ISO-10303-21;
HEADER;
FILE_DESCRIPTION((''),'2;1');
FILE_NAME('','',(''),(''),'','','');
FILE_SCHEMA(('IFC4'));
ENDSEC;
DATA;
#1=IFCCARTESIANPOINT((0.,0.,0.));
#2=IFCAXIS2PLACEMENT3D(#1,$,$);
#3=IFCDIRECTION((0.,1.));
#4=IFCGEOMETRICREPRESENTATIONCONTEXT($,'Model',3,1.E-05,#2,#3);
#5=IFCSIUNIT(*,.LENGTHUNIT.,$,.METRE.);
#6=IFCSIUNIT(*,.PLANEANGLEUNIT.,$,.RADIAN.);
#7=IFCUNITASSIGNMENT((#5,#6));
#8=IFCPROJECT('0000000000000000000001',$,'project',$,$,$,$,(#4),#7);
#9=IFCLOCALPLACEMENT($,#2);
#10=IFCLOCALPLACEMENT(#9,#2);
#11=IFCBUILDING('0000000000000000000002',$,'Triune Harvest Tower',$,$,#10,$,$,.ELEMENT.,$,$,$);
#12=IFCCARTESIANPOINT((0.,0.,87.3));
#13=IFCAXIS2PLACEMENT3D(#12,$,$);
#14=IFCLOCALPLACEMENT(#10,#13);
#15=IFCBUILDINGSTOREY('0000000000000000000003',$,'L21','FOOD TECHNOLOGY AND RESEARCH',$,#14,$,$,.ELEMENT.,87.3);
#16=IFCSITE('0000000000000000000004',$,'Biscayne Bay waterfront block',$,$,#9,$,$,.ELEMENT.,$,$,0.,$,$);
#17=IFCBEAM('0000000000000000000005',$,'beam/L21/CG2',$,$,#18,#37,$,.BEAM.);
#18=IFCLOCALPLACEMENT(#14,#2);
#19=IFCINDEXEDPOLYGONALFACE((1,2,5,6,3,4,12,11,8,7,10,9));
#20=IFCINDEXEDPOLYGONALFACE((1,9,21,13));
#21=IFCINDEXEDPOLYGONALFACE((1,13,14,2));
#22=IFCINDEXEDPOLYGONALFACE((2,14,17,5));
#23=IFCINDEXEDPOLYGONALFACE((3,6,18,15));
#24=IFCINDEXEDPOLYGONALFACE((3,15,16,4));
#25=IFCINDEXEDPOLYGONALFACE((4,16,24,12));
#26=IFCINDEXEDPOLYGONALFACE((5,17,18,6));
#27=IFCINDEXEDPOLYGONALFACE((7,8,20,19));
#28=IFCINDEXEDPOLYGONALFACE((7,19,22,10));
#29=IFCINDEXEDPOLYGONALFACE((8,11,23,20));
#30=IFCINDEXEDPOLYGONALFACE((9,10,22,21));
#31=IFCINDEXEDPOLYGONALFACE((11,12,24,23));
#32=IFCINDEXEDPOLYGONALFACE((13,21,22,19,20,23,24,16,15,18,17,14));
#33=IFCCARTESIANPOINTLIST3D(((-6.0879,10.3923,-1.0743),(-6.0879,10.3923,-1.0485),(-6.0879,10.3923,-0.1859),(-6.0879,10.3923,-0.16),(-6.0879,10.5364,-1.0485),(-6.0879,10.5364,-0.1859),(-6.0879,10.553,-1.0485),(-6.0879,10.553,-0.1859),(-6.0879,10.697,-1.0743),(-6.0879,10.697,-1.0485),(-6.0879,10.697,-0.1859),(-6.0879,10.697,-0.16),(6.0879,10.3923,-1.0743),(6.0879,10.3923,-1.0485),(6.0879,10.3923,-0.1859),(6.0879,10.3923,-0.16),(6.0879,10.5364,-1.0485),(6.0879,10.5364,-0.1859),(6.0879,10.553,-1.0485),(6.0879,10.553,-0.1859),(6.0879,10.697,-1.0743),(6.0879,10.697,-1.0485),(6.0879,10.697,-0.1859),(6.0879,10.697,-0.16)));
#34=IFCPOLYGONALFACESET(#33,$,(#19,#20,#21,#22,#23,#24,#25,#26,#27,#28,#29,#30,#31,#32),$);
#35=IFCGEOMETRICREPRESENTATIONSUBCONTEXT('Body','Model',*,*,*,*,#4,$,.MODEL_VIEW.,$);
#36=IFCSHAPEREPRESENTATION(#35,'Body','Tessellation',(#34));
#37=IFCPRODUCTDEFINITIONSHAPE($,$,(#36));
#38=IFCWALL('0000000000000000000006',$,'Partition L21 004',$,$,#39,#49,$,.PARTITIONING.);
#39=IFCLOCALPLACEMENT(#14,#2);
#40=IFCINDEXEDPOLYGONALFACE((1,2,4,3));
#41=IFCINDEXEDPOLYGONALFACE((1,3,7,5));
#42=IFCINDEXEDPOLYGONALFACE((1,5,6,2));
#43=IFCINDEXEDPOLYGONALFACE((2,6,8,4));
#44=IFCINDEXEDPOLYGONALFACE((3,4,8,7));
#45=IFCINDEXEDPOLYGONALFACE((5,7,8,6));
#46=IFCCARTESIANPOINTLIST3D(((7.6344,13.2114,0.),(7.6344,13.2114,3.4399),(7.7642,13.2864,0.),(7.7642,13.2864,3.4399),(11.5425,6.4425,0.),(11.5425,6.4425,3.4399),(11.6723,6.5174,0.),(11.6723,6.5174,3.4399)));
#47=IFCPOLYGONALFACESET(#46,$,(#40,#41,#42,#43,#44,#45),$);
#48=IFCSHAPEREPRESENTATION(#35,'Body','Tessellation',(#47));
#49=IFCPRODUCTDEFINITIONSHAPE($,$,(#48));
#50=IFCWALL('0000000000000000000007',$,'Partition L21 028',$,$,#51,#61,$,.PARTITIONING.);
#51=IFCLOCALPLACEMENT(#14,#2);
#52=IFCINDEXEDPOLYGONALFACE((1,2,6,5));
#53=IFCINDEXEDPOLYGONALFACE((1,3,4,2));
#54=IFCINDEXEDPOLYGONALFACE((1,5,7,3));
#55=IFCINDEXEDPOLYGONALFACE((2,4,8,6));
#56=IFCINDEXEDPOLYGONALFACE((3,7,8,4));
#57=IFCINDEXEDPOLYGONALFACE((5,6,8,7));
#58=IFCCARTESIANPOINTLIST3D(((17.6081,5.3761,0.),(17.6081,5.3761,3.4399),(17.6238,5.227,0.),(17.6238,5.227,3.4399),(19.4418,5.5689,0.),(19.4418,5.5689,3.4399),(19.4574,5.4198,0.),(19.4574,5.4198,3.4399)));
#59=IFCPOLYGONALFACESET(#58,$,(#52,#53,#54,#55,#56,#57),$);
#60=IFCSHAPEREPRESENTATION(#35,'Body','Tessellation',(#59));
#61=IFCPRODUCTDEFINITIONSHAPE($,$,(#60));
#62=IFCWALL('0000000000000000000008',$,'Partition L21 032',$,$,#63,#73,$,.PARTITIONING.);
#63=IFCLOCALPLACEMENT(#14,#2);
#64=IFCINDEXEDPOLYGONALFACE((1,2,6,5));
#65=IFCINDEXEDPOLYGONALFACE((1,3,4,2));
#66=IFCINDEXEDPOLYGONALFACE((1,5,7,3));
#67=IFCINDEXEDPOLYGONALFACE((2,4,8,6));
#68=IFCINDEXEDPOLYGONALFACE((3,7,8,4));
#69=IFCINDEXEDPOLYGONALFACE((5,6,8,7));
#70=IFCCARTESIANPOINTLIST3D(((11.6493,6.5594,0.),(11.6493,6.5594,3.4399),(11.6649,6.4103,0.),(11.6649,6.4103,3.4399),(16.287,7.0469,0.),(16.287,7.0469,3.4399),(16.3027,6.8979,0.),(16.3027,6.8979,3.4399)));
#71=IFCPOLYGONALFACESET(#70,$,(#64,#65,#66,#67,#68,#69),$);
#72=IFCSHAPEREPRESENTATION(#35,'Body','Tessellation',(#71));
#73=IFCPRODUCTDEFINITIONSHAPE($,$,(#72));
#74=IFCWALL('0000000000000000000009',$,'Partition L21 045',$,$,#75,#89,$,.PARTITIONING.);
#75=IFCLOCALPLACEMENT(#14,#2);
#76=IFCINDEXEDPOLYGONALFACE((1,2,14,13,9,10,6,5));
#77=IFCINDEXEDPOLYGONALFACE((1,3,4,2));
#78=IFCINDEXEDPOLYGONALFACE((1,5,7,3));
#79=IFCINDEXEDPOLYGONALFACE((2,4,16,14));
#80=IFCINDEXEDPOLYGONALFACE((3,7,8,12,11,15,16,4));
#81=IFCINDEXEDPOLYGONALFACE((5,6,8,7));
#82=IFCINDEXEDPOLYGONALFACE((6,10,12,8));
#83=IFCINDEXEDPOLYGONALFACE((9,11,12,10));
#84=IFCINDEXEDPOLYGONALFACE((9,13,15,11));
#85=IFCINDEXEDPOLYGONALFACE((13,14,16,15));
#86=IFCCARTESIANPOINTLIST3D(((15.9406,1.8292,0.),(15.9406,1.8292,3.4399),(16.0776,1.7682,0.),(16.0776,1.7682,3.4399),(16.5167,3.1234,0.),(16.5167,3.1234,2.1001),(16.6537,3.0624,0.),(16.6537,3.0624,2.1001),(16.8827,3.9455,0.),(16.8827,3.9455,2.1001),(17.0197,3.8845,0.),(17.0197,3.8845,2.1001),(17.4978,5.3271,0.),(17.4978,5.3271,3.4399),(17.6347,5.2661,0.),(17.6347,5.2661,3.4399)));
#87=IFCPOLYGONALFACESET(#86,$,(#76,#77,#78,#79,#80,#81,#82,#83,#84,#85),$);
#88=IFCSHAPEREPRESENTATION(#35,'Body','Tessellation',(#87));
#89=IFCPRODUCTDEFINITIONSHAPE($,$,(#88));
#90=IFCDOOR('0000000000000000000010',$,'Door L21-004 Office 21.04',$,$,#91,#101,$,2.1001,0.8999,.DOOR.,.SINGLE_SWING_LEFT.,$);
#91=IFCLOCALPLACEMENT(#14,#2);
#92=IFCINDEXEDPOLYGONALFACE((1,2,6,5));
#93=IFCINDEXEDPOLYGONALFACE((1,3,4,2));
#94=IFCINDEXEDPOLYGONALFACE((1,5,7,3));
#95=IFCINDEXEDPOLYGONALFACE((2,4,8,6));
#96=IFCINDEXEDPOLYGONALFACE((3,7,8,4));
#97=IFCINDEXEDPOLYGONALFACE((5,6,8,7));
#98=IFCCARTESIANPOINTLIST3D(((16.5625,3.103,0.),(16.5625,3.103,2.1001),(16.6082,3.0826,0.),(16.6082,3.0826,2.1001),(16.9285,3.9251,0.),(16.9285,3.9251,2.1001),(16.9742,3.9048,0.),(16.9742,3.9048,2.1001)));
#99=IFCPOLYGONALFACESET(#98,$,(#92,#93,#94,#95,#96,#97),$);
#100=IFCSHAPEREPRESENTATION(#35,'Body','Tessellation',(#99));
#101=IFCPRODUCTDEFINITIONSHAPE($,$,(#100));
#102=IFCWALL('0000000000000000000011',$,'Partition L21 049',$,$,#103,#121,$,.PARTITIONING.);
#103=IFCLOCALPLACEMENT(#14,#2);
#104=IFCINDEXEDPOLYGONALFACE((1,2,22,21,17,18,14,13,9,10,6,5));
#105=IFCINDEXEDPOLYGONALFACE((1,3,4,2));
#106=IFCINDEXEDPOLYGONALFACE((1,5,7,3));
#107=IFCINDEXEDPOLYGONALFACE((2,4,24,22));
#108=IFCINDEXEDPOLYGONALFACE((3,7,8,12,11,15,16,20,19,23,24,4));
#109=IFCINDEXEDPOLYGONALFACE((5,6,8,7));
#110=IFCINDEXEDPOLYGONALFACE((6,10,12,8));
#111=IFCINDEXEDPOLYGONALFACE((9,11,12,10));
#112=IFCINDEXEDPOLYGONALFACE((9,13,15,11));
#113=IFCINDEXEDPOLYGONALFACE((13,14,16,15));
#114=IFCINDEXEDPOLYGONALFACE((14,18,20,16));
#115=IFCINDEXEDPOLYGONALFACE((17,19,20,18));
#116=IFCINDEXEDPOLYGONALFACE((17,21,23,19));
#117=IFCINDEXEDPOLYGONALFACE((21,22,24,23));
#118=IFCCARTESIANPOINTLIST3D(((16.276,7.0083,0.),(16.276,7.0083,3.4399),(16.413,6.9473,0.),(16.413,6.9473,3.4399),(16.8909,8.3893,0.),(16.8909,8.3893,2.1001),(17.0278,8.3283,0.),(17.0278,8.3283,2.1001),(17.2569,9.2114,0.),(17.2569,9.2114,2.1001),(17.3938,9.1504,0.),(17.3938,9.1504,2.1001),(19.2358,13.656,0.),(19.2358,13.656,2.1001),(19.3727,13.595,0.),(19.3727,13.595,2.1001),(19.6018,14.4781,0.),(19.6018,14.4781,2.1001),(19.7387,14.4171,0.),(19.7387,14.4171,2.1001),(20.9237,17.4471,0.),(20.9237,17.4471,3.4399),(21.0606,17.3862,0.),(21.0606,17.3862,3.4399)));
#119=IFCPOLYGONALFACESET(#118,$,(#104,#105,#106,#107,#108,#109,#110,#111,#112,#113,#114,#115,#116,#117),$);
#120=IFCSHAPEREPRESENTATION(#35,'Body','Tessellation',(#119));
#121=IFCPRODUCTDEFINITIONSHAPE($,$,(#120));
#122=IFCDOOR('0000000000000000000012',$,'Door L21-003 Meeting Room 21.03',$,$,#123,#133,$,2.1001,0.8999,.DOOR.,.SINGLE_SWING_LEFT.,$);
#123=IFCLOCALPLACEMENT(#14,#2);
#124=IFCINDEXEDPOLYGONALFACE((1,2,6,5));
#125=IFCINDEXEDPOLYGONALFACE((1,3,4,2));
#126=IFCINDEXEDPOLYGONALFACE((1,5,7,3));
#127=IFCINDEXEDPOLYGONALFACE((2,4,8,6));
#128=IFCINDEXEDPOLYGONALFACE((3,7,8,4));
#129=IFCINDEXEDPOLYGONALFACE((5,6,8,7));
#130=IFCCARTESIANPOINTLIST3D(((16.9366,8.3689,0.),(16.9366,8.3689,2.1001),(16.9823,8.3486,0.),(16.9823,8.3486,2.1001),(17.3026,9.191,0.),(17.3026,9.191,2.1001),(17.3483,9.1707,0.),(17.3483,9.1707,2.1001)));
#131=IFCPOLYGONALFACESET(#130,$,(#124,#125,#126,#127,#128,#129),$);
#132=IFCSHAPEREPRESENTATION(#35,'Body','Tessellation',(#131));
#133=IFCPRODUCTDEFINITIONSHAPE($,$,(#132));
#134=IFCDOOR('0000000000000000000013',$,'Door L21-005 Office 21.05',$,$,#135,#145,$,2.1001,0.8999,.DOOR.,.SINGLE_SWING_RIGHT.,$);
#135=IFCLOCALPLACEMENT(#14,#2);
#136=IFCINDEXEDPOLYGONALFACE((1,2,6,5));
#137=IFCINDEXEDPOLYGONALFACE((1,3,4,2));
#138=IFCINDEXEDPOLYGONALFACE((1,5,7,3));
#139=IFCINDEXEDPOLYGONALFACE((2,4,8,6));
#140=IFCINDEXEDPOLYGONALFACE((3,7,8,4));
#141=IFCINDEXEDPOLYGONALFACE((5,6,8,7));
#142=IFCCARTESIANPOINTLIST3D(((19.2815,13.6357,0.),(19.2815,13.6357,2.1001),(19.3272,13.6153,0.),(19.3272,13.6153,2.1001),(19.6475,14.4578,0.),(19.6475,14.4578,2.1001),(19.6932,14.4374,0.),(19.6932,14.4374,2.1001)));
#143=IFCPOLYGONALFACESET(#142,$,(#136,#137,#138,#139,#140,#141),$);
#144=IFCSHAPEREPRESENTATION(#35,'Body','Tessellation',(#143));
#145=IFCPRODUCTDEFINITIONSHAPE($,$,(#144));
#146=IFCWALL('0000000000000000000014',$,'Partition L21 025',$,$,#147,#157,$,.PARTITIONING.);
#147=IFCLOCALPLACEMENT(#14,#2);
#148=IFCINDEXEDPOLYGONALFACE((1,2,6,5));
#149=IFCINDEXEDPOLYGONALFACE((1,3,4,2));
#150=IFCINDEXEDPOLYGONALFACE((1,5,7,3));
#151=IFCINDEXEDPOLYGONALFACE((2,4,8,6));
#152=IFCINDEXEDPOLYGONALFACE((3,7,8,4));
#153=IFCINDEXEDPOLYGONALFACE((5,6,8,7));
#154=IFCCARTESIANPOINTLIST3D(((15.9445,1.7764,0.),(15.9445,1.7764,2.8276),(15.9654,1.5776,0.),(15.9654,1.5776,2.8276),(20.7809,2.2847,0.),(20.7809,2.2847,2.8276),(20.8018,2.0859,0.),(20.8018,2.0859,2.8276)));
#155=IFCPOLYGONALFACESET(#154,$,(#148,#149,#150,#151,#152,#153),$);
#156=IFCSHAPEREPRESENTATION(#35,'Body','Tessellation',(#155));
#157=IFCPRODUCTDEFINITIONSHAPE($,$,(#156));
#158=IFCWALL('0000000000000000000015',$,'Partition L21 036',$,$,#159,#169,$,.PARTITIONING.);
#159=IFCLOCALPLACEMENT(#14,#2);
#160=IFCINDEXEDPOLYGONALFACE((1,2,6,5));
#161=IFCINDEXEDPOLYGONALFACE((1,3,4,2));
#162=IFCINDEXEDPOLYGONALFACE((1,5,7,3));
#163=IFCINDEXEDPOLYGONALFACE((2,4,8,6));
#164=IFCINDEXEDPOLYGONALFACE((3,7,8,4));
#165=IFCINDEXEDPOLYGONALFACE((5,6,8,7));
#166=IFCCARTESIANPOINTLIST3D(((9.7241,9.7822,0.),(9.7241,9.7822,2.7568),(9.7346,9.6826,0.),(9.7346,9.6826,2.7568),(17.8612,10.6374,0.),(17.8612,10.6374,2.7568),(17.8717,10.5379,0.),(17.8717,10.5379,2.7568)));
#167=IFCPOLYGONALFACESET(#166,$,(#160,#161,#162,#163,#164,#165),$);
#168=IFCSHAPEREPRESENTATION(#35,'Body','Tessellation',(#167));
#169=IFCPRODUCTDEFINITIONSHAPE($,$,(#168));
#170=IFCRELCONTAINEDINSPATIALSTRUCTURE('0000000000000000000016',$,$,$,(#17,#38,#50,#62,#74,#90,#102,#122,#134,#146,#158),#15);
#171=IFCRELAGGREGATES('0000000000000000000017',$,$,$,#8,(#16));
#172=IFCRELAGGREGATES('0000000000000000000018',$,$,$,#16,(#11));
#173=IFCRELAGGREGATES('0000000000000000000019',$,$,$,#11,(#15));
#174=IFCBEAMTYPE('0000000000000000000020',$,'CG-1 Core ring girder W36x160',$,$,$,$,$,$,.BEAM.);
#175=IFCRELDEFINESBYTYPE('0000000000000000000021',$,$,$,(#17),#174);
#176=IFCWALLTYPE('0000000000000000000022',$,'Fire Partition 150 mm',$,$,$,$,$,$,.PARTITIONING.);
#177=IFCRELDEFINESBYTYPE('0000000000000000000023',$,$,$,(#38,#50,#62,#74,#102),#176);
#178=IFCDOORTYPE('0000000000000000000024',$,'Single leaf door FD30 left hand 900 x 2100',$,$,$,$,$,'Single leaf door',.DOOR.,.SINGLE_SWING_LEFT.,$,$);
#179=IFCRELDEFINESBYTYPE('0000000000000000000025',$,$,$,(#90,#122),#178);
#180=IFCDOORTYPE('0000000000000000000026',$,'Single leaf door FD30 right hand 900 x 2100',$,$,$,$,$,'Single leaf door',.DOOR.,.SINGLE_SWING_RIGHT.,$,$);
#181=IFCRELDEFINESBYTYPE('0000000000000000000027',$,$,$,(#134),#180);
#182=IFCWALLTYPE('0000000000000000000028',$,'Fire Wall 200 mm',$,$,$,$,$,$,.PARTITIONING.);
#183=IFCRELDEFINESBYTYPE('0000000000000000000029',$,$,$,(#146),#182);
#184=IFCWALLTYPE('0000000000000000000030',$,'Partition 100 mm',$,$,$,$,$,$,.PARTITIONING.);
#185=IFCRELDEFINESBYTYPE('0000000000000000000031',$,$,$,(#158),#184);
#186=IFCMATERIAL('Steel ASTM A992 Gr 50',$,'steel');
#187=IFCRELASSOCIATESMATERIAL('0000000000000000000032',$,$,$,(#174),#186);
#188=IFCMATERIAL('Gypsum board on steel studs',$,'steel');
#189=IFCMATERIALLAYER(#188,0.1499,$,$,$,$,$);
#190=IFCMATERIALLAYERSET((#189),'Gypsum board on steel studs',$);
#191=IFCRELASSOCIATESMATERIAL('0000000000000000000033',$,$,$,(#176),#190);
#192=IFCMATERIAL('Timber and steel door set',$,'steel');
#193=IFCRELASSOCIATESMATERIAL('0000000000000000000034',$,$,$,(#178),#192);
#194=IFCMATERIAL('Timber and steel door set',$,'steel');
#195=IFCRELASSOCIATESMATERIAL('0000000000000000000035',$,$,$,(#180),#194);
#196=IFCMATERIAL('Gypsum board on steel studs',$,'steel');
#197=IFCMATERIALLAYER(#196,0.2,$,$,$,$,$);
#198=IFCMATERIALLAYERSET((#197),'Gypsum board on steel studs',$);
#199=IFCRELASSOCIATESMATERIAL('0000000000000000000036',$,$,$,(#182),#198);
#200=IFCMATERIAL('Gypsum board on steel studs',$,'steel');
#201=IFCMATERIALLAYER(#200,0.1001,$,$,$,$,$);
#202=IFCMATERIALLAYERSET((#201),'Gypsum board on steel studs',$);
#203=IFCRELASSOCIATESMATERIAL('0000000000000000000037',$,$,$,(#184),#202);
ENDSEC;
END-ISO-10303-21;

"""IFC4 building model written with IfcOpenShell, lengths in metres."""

from ifc_helpers import new_model, si_unit, direction, frame, frame_2d, origin, origin_2d, place, context, subcontext, project, spatial, rectangle, i_section, extrude, source, transform, mapped, material, layer, layer_set, material_profile, profile_set, type_object, element, fill, save


model = new_model("IFC4")

# Units and contexts
model_context = context("Model", 3, precision=1e-05, world=origin(), true_north=direction((0.0, 1.0)))
body_context = subcontext(model_context, "Body", "Model", "MODEL_VIEW")
ifc_project = project(units=[si_unit("LENGTHUNIT", "METRE"), si_unit("PLANEANGLEUNIT", "RADIAN")], contexts=[model_context])

# Site, building, storey
site_placement = place(None, origin())
site = spatial("IfcSite", under=ifc_project, at=site_placement, Name="Biscayne Bay waterfront block", CompositionType="ELEMENT", RefElevation=0.0)
building_placement = place(site_placement, origin())
building = spatial("IfcBuilding", under=site, at=building_placement, Name="Triune Harvest Tower", CompositionType="ELEMENT")
storey_placement = place(building_placement, frame((0.0, 0.0, 87.3)))
storey = spatial("IfcBuildingStorey", under=building, at=storey_placement, Name="L21", Description="FOOD TECHNOLOGY AND RESEARCH", CompositionType="ELEMENT", Elevation=87.3)

# Beam
ifc_material_1 = material(Name="Steel ASTM A992 Gr 50", Category="steel")
ifc_material_profile = material_profile(ifc_material_1, i_section(OverallWidth=0.3047, OverallDepth=0.9143, WebThickness=0.0166, FlangeThickness=0.0259, at=origin_2d()), Name="W36x160")
ifc_profile_set = profile_set([ifc_material_profile], Name="Steel ASTM A992 Gr 50")
beam_type = type_object("IfcBeamType", Name="CG-1 Core ring girder W36x160", PredefinedType="BEAM", material=ifc_profile_set)
shared_shape_1 = source(origin(), body_context, "Body", "SweptSolid", [
    extrude(i_section(OverallWidth=0.3047, OverallDepth=0.9143, WebThickness=0.0166, FlangeThickness=0.0259, at=origin_2d()), origin(), (0.0, 0.0, 1.0), 12.1758),
])
beam_placement = place(storey_placement, frame((6.0879, 10.5447, -0.6172), z_axis=(-1.0, 0.0, 0.0), x_axis=(0.0, -1.0, 0.0)))
element("IfcBeam", 1, at=beam_placement, inside=storey, type_object=beam_type, Name="beam/L21/CG2", PredefinedType="BEAM", context=body_context, shape_type="MappedRepresentation", body=[
    mapped(shared_shape_1, transform((0.0, 0.0, 0.0), scale=1.0)),
])

# Walls
ifc_material_2 = material(Name="Gypsum board on steel studs", Category="steel")
ifc_layer_1 = layer(ifc_material_2, 0.1499)
ifc_layer_set_1 = layer_set([ifc_layer_1], Name="Gypsum board on steel studs")
wall_type_1 = type_object("IfcWallType", Name="Fire Partition 150 mm", PredefinedType="PARTITIONING", material=ifc_layer_set_1)
wall_1_placement = place(storey_placement, frame((7.6992, 13.249, 0.0), z_axis=(0.0, 0.0, 1.0), x_axis=(0.500009, -0.86602, 0.0)))
element("IfcWall", 2, at=wall_1_placement, inside=storey, type_object=wall_type_1, Name="Partition L21 004", PredefinedType="PARTITIONING", context=body_context, shape_type="SweptSolid", body=[
    extrude(rectangle(XDim=7.8162, YDim=0.1499, at=frame_2d((3.9082, 0.0))), origin(), (0.0, 0.0, 1.0), 3.4399),
])
wall_2_placement = place(storey_placement, frame((17.616, 5.3015, 0.0), z_axis=(0.0, 0.0, 1.0), x_axis=(0.994514, 0.104602, 0.0)))
element("IfcWall", 3, at=wall_2_placement, inside=storey, type_object=wall_type_1, Name="Partition L21 028", PredefinedType="PARTITIONING", context=body_context, shape_type="SweptSolid", body=[
    extrude(rectangle(XDim=1.8438, YDim=0.1499, at=frame_2d((0.9219, 0.0))), origin(), (0.0, 0.0, 1.0), 3.4399),
])
wall_3_placement = place(storey_placement, frame((11.6572, 6.4849, 0.0), z_axis=(0.0, 0.0, 1.0), x_axis=(0.99452, 0.104551, 0.0)))
element("IfcWall", 4, at=wall_3_placement, inside=storey, type_object=wall_type_1, Name="Partition L21 032", PredefinedType="PARTITIONING", context=body_context, shape_type="SweptSolid", body=[
    extrude(rectangle(XDim=4.6633, YDim=0.1499, at=frame_2d((2.3315, 0.0))), origin(), (0.0, 0.0, 1.0), 3.4399),
])

# Wall, opening, door
wall_4_placement = place(storey_placement, frame((16.009, 1.7986, 0.0), z_axis=(0.0, 0.0, 1.0), x_axis=(0.406695, 0.913564, 0.0)))
wall_4 = element("IfcWall", 5, at=wall_4_placement, inside=storey, type_object=wall_type_1, Name="Partition L21 045", PredefinedType="PARTITIONING", context=body_context, shape_type="SweptSolid", body=[
    extrude(rectangle(XDim=3.8289, YDim=0.1499, at=frame_2d((1.9146, 0.0))), origin(), (0.0, 0.0, 1.0), 3.4399),
])
opening_1_placement = place(wall_4_placement, frame((1.4167, 0.0, 0.0)))
opening_1 = element("IfcOpeningElement", 6, at=opening_1_placement, cuts=wall_4, PredefinedType="OPENING", context=body_context, shape_type="SweptSolid", body=[
    extrude(rectangle(XDim=0.8999, YDim=2.1001, at=frame_2d((0.45, 1.05))), frame((0.0, 0.085, 0.0), z_axis=(0.0, -1.0, 0.0), x_axis=(1.0, 0.0, 0.0)), (0.0, 0.0, 1.0), 0.1699),
])
ifc_material_3 = material(Name="Timber and steel door set", Category="steel")
door_type_1 = type_object("IfcDoorType", Name="Single leaf door FD30 left hand 900 x 2100", ElementType="Single leaf door", OperationType="SINGLE_SWING_LEFT", PredefinedType="DOOR", material=ifc_material_3)
door_1_placement = place(opening_1_placement, origin())
door_1 = element("IfcDoor", 7, at=door_1_placement, inside=storey, type_object=door_type_1, Name="Door L21-004 Office 21.04", OperationType="SINGLE_SWING_LEFT", OverallHeight=2.1001, OverallWidth=0.8999, PredefinedType="DOOR", context=body_context, shape_type="SweptSolid", body=[
    extrude(rectangle(XDim=0.8999, YDim=2.1001, at=frame_2d((0.45, 1.05))), frame((0.0, 0.0249, 0.0), z_axis=(0.0, -1.0, 0.0), x_axis=(1.0, 0.0, 0.0)), (0.0, 0.0, 1.0), 0.05),
])
fill(opening_1, door_1)

# Wall, openings, doors
wall_5_placement = place(storey_placement, frame((16.3445, 6.9778, 0.0), z_axis=(0.0, 0.0, 1.0), x_axis=(0.406735, 0.913546, 0.0)))
wall_5 = element("IfcWall", 8, at=wall_5_placement, inside=storey, type_object=wall_type_1, Name="Partition L21 049", PredefinedType="PARTITIONING", context=body_context, shape_type="SweptSolid", body=[
    extrude(rectangle(XDim=11.4268, YDim=0.1499, at=frame_2d((5.7134, 0.0))), origin(), (0.0, 0.0, 1.0), 3.4399),
])
opening_2_placement = place(wall_5_placement, frame((1.5117, 0.0, 0.0)))
opening_2 = element("IfcOpeningElement", 9, at=opening_2_placement, cuts=wall_5, PredefinedType="OPENING", context=body_context, shape_type="SweptSolid", body=[
    extrude(rectangle(XDim=0.8999, YDim=2.1001, at=frame_2d((0.45, 1.05))), frame((0.0, 0.085, 0.0), z_axis=(0.0, -1.0, 0.0), x_axis=(1.0, 0.0, 0.0)), (0.0, 0.0, 1.0), 0.1699),
])
opening_3_placement = place(wall_5_placement, frame((7.2769, 0.0, 0.0)))
opening_3 = element("IfcOpeningElement", 10, at=opening_3_placement, cuts=wall_5, PredefinedType="OPENING", context=body_context, shape_type="SweptSolid", body=[
    extrude(rectangle(XDim=0.8999, YDim=2.1001, at=frame_2d((0.45, 1.05))), frame((0.0, 0.085, 0.0), z_axis=(0.0, -1.0, 0.0), x_axis=(1.0, 0.0, 0.0)), (0.0, 0.0, 1.0), 0.1699),
])
door_2_placement = place(opening_2_placement, origin())
door_2 = element("IfcDoor", 11, at=door_2_placement, inside=storey, type_object=door_type_1, Name="Door L21-003 Meeting Room 21.03", OperationType="SINGLE_SWING_LEFT", OverallHeight=2.1001, OverallWidth=0.8999, PredefinedType="DOOR", context=body_context, shape_type="SweptSolid", body=[
    extrude(rectangle(XDim=0.8999, YDim=2.1001, at=frame_2d((0.45, 1.05))), frame((0.0, 0.0249, 0.0), z_axis=(0.0, -1.0, 0.0), x_axis=(1.0, 0.0, 0.0)), (0.0, 0.0, 1.0), 0.05),
])
fill(opening_2, door_2)
ifc_material_4 = material(Name="Timber and steel door set", Category="steel")
door_type_2 = type_object("IfcDoorType", Name="Single leaf door FD30 right hand 900 x 2100", ElementType="Single leaf door", OperationType="SINGLE_SWING_RIGHT", PredefinedType="DOOR", material=ifc_material_4)
door_3_placement = place(opening_3_placement, origin())
door_3 = element("IfcDoor", 12, at=door_3_placement, inside=storey, type_object=door_type_2, Name="Door L21-005 Office 21.05", OperationType="SINGLE_SWING_RIGHT", OverallHeight=2.1001, OverallWidth=0.8999, PredefinedType="DOOR", context=body_context, shape_type="SweptSolid", body=[
    extrude(rectangle(XDim=0.8999, YDim=2.1001, at=frame_2d((0.45, 1.05))), frame((0.0, 0.0249, 0.0), z_axis=(0.0, -1.0, 0.0), x_axis=(1.0, 0.0, 0.0)), (0.0, 0.0, 1.0), 0.05),
])
fill(opening_3, door_3)

# Walls
ifc_material_5 = material(Name="Gypsum board on steel studs", Category="steel")
ifc_layer_2 = layer(ifc_material_5, 0.2)
ifc_layer_set_2 = layer_set([ifc_layer_2], Name="Gypsum board on steel studs")
wall_type_2 = type_object("IfcWallType", Name="Fire Wall 200 mm", PredefinedType="PARTITIONING", material=ifc_layer_set_2)
wall_6_placement = place(storey_placement, frame((15.9548, 1.677, 0.0), z_axis=(0.0, 0.0, 1.0), x_axis=(0.994522, 0.104523, 0.0)))
element("IfcWall", 13, at=wall_6_placement, inside=storey, type_object=wall_type_2, Name="Partition L21 025", PredefinedType="PARTITIONING", context=body_context, shape_type="SweptSolid", body=[
    extrude(rectangle(XDim=4.863, YDim=0.2, at=frame_2d((2.4316, 0.0))), origin(), (0.0, 0.0, 1.0), 2.8276),
])
ifc_material_6 = material(Name="Gypsum board on steel studs", Category="steel")
ifc_layer_3 = layer(ifc_material_6, 0.1001)
ifc_layer_set_3 = layer_set([ifc_layer_3], Name="Gypsum board on steel studs")
wall_type_3 = type_object("IfcWallType", Name="Partition 100 mm", PredefinedType="PARTITIONING", material=ifc_layer_set_3)
wall_7_placement = place(storey_placement, frame((9.7295, 9.7324, 0.0), z_axis=(0.0, 0.0, 1.0), x_axis=(0.994522, 0.104528, 0.0)))
element("IfcWall", 14, at=wall_7_placement, inside=storey, type_object=wall_type_3, Name="Partition L21 036", PredefinedType="PARTITIONING", context=body_context, shape_type="SweptSolid", body=[
    extrude(rectangle(XDim=8.1819, YDim=0.1001, at=frame_2d((4.0908, 0.0))), origin(), (0.0, 0.0, 1.0), 2.7568),
])

save(model, "model.ifc")
